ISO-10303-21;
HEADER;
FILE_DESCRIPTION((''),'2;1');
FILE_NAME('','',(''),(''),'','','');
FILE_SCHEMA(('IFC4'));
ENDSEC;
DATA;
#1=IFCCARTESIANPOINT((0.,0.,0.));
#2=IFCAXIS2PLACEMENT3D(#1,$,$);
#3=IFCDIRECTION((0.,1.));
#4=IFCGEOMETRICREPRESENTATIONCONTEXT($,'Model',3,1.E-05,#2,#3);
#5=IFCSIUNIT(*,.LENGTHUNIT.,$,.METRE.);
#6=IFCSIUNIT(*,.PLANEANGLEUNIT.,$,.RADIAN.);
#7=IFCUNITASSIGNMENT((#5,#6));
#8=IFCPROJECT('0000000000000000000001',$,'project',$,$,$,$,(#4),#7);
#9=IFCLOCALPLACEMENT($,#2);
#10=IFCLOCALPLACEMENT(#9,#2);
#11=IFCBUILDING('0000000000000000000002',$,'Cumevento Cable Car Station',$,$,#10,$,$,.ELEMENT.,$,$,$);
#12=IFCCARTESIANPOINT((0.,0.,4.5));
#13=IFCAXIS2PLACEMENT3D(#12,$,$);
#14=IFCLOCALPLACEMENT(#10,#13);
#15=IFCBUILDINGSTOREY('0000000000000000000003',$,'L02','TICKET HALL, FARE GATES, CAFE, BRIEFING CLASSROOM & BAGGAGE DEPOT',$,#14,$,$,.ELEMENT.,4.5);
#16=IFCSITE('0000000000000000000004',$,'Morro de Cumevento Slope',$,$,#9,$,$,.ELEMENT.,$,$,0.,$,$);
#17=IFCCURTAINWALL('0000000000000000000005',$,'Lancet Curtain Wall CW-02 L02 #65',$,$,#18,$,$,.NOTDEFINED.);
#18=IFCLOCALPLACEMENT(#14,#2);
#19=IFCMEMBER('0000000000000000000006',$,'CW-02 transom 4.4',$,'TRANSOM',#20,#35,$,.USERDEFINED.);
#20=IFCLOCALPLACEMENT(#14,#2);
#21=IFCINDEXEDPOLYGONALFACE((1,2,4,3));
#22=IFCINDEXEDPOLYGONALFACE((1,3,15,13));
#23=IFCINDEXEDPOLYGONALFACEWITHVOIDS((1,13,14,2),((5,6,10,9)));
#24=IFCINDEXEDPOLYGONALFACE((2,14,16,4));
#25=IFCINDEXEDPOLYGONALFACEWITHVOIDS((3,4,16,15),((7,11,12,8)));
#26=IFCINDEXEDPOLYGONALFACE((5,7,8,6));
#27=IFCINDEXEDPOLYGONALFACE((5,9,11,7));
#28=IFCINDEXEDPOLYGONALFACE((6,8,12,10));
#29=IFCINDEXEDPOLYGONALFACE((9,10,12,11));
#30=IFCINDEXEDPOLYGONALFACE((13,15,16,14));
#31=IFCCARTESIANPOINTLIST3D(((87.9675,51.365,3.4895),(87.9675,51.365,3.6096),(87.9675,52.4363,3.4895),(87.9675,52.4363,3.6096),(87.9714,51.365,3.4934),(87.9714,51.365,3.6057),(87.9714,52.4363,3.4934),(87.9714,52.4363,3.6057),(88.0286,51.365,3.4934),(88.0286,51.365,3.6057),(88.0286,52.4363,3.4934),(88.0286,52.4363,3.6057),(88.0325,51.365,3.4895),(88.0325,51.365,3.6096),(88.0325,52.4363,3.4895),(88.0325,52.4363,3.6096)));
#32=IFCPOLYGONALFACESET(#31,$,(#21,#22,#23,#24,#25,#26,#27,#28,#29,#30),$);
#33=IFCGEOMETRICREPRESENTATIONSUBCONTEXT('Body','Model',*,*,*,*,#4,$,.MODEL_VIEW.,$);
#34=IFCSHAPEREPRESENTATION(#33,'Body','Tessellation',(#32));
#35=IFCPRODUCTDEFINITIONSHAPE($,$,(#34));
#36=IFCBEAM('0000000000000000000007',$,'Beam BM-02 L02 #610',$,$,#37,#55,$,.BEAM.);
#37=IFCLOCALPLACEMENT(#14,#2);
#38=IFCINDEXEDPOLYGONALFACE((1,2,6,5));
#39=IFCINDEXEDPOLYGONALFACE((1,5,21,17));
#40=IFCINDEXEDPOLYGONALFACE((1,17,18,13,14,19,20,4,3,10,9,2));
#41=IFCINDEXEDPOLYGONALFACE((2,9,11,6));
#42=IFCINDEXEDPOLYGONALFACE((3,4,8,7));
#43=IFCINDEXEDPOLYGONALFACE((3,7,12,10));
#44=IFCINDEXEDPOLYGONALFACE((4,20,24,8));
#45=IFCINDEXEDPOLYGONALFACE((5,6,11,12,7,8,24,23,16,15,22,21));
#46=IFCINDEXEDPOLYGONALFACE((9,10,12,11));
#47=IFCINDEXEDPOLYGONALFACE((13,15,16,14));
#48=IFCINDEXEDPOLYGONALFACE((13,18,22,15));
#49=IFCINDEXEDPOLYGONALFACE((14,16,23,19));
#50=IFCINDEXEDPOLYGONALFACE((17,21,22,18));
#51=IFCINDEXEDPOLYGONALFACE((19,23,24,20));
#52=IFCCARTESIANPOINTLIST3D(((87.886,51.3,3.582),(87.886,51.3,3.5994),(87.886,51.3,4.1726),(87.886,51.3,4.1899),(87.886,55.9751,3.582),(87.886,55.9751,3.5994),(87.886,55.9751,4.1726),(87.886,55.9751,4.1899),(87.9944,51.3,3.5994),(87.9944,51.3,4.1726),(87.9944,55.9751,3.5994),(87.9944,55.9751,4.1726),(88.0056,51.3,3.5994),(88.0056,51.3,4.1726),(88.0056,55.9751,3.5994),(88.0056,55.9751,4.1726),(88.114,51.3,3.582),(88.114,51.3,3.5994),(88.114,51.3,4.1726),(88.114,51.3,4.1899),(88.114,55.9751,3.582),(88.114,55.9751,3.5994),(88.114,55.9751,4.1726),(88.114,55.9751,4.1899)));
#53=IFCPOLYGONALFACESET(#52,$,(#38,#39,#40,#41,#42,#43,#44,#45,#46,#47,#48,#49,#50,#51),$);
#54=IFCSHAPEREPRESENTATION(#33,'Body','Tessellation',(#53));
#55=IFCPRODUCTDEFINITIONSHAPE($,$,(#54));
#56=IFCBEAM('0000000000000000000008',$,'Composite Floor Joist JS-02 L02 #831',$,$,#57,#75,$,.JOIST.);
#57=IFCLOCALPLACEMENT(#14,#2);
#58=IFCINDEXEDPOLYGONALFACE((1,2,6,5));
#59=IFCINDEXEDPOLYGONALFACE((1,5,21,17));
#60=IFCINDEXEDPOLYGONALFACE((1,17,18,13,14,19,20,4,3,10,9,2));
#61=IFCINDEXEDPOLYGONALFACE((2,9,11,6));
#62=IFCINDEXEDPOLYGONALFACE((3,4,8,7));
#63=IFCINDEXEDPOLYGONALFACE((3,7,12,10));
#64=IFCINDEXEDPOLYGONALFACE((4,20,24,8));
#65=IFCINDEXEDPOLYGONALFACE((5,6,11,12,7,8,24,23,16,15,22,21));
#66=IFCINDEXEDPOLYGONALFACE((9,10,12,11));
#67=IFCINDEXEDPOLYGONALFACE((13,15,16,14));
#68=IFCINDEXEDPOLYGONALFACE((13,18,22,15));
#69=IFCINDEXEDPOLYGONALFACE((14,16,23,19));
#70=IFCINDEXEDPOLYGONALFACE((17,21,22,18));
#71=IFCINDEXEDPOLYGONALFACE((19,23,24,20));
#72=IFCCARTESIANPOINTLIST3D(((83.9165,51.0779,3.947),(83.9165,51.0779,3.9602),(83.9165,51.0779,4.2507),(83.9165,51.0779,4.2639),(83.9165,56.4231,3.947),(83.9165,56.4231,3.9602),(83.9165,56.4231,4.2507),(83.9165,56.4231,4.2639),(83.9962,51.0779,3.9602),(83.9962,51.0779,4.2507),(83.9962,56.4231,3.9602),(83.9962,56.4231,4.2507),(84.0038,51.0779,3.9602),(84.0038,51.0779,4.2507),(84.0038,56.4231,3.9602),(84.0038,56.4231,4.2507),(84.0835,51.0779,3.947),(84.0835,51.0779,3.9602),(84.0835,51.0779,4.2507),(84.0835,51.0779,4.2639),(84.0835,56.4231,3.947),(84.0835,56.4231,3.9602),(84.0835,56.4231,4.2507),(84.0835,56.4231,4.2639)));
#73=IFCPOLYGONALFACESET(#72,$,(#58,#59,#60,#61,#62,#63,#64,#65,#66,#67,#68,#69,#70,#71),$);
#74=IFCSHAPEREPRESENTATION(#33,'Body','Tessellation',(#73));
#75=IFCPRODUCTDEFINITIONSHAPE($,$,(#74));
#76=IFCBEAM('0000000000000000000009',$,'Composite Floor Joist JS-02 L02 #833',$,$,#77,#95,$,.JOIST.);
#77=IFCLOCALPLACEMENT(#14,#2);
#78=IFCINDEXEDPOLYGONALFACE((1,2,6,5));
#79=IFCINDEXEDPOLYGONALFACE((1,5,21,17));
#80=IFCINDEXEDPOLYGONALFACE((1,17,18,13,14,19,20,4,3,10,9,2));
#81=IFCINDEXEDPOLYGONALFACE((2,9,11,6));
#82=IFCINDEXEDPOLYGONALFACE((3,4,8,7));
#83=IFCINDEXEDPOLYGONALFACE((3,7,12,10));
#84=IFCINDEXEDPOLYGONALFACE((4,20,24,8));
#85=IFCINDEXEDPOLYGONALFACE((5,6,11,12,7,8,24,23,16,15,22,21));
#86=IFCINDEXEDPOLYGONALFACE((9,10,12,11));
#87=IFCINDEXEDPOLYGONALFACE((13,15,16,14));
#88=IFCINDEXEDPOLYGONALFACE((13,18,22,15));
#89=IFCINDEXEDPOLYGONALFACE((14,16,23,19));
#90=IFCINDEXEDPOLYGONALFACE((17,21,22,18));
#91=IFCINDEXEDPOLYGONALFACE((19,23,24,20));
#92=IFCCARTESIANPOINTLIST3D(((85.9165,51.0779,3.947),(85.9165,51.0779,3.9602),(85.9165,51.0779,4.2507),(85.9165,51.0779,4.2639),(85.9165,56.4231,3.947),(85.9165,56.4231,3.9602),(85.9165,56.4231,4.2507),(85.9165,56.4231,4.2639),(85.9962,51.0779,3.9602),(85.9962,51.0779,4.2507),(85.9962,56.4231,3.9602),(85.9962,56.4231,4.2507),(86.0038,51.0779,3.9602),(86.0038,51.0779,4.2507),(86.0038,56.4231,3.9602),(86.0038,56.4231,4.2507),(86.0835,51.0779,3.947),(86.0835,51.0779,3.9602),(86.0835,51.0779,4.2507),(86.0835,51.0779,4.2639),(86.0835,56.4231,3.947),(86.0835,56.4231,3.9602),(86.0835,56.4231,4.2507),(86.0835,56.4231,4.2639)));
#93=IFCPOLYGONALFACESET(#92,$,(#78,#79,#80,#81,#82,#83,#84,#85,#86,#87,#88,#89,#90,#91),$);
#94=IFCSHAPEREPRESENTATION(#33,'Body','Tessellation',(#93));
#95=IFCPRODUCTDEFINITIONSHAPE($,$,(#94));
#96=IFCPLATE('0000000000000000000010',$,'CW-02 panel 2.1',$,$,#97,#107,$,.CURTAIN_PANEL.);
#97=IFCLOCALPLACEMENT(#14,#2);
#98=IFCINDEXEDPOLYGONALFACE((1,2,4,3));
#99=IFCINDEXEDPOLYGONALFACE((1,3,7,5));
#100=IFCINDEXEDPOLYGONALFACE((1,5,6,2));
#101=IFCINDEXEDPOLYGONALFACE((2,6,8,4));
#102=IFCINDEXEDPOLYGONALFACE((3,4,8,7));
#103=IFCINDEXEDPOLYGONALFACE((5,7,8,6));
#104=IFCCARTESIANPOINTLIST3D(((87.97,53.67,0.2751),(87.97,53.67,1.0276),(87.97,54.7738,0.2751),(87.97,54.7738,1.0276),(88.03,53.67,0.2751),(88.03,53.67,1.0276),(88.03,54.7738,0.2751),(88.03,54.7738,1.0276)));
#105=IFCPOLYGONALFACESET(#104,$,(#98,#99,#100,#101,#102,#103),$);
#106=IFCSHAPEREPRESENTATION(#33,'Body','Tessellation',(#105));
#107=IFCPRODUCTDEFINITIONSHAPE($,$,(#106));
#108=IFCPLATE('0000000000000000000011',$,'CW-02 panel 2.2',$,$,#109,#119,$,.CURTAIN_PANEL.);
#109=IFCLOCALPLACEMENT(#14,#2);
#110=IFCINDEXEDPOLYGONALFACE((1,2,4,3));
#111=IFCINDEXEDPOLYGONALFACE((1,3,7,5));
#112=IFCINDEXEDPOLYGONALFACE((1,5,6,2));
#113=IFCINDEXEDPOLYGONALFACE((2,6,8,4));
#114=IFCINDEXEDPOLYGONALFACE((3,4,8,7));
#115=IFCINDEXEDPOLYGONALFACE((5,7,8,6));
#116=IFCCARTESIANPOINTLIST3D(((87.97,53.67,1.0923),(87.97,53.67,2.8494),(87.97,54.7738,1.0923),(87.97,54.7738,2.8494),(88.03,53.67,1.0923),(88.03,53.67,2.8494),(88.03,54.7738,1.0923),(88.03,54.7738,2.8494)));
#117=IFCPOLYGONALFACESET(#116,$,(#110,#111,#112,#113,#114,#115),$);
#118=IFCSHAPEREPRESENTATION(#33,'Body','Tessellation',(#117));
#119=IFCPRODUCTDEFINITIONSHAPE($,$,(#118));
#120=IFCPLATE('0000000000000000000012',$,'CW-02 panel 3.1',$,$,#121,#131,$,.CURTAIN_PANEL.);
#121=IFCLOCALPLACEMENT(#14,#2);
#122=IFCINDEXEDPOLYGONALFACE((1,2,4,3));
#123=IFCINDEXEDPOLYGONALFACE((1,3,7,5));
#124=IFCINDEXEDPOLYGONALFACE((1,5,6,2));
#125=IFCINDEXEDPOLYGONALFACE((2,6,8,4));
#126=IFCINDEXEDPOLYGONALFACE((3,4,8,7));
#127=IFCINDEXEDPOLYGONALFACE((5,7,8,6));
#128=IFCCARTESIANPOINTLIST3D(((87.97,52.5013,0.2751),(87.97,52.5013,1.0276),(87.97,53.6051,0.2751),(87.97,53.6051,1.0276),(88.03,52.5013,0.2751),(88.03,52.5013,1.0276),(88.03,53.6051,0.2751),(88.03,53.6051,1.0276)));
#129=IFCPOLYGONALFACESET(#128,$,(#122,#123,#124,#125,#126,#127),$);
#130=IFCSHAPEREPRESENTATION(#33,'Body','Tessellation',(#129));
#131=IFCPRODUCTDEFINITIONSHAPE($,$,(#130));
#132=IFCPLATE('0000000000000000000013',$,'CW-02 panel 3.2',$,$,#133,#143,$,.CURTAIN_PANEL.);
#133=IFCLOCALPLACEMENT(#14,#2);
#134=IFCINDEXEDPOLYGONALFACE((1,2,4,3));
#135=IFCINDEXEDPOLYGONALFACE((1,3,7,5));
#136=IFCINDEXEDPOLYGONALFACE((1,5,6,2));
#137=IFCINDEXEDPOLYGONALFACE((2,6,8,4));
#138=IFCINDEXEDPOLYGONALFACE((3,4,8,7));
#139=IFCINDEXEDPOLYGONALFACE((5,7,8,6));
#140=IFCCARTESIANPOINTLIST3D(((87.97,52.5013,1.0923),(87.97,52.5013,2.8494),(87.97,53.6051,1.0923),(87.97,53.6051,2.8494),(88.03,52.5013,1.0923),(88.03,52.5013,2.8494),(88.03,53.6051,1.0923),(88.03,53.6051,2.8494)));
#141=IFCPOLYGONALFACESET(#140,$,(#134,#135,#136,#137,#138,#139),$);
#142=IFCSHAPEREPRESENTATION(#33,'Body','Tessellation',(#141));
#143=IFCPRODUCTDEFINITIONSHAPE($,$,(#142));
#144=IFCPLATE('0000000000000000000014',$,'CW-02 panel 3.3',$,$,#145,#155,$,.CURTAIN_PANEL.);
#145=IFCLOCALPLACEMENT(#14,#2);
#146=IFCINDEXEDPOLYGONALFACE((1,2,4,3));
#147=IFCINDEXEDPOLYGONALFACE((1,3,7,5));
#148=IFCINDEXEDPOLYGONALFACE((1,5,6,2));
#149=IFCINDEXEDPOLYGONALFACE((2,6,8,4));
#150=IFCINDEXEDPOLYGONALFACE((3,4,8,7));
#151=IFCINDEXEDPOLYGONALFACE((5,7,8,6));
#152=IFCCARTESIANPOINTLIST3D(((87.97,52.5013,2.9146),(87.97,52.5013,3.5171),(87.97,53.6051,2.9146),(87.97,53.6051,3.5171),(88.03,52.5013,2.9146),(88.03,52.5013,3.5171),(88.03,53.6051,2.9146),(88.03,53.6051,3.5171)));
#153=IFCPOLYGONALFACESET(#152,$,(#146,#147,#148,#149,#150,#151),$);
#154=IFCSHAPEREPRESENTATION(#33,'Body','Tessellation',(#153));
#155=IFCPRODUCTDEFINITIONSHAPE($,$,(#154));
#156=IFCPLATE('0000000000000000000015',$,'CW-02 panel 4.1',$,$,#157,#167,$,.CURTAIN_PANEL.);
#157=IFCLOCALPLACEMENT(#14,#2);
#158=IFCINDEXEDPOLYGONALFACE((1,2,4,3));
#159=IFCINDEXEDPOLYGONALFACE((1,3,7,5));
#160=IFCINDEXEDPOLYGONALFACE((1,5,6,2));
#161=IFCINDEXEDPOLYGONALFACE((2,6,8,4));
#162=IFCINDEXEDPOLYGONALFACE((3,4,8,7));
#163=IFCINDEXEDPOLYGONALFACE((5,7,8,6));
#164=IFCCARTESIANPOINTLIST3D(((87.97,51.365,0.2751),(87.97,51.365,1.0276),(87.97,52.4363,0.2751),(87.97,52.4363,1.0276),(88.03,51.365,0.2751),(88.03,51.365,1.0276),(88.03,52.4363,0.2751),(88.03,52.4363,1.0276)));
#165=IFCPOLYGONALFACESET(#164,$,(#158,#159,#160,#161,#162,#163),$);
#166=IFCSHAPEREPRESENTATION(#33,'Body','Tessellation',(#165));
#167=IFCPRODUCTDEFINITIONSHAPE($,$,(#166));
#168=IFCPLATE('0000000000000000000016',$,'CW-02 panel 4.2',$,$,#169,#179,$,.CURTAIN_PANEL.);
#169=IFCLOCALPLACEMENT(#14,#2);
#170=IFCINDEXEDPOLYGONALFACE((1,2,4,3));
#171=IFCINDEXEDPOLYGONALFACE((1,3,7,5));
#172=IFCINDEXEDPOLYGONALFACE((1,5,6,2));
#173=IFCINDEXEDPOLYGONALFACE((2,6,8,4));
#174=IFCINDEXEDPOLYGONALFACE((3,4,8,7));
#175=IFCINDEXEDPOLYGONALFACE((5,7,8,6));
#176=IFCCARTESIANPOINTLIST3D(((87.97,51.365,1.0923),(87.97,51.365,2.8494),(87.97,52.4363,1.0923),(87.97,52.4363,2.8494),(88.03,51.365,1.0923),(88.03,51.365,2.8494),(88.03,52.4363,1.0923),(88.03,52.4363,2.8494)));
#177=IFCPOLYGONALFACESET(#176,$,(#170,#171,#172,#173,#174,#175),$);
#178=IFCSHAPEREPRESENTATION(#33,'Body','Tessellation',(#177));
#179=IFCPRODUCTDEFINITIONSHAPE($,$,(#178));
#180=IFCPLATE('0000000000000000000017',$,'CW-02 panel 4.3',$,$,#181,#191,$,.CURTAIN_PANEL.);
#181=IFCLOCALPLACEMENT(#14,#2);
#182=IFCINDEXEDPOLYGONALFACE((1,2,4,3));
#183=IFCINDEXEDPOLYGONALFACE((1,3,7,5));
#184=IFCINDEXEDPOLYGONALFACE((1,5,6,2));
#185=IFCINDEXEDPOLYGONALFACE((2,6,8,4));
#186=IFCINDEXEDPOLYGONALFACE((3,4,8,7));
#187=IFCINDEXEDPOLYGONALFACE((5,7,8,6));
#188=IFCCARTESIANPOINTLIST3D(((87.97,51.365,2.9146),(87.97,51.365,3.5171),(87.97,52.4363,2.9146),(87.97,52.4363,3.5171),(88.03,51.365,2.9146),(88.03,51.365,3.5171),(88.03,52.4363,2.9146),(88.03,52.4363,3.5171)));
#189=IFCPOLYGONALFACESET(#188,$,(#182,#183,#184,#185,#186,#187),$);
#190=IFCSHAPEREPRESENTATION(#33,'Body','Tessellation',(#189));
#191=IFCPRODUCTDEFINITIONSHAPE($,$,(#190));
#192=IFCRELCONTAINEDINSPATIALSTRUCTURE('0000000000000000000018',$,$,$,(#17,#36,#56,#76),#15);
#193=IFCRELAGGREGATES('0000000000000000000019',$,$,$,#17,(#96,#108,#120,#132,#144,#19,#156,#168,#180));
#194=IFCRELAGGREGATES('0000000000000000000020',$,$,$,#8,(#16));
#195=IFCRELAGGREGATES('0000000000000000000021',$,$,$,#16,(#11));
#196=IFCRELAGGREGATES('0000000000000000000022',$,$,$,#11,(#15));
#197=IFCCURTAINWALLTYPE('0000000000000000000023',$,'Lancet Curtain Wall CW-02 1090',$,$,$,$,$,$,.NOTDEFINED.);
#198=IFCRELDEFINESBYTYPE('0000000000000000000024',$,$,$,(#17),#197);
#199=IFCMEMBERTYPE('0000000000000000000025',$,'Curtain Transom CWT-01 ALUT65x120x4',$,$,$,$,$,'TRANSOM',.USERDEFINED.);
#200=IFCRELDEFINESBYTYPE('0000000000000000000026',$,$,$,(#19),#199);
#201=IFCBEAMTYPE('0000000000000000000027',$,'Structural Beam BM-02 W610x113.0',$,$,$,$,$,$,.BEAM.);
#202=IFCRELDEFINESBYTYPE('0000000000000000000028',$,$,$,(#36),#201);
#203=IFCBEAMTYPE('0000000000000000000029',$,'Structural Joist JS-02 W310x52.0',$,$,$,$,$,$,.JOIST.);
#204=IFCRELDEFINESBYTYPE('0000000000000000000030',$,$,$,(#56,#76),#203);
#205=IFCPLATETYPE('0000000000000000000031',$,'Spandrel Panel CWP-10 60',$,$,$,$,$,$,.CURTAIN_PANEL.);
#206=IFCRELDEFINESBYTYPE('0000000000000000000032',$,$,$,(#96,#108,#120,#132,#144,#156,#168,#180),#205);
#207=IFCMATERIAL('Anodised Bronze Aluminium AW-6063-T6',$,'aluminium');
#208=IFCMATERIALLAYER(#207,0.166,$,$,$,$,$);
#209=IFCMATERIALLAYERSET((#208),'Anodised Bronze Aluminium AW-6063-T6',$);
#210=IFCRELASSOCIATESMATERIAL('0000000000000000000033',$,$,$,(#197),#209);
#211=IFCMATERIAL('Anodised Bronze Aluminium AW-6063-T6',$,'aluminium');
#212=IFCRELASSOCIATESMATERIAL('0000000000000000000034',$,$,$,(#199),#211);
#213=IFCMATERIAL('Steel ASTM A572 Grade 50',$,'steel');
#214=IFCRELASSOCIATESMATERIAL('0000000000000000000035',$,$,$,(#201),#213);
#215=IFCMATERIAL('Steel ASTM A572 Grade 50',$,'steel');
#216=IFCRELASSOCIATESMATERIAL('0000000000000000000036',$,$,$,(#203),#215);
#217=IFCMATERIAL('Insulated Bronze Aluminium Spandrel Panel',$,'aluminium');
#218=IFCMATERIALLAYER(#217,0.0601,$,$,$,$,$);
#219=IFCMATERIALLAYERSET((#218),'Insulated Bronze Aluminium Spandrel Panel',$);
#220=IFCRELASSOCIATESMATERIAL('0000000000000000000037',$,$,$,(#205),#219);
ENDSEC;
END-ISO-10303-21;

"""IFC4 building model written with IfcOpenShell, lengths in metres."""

from ifc_helpers import new_model, si_unit, direction, frame, origin, origin_2d, place, context, subcontext, project, spatial, rectangle, hollow_rectangle, i_section, extrude, material, layer, layer_set, material_profile, profile_set, type_object, element, aggregate, save


model = new_model("IFC4")

# Units and contexts
model_context = context("Model", 3, precision=1e-05, world=origin(), true_north=direction((0.0, 1.0)))
body_context = subcontext(model_context, "Body", "Model", "MODEL_VIEW")
ifc_project = project(units=[si_unit("LENGTHUNIT", "METRE"), si_unit("PLANEANGLEUNIT", "RADIAN")], contexts=[model_context])

# Site, building, storey
site_placement = place(None, origin())
site = spatial("IfcSite", under=ifc_project, at=site_placement, Name="Morro de Cumevento Slope", CompositionType="ELEMENT", RefElevation=0.0)
building_placement = place(site_placement, origin())
building = spatial("IfcBuilding", under=site, at=building_placement, Name="Cumevento Cable Car Station", CompositionType="ELEMENT")
storey_placement = place(building_placement, frame((0.0, 0.0, 4.5)))
storey = spatial("IfcBuildingStorey", under=building, at=storey_placement, Name="L02", Description="TICKET HALL, FARE GATES, CAFE, BRIEFING CLASSROOM & BAGGAGE DEPOT", CompositionType="ELEMENT", Elevation=4.5)

# Curtain wall, member
ifc_material_1 = material(Name="Anodised Bronze Aluminium AW-6063-T6", Category="aluminium")
ifc_layer_1 = layer(ifc_material_1, 0.166)
ifc_layer_set_1 = layer_set([ifc_layer_1], Name="Anodised Bronze Aluminium AW-6063-T6")
curtain_wall_type_1 = type_object("IfcCurtainWallType", Name="Lancet Curtain Wall CW-02 1090", PredefinedType="NOTDEFINED", material=ifc_layer_set_1)
curtain_wall_1_placement = place(storey_placement, origin())
curtain_wall_1 = element("IfcCurtainWall", 1, at=curtain_wall_1_placement, inside=storey, type_object=curtain_wall_type_1, Name="Lancet Curtain Wall CW-02 L02 #65", PredefinedType="NOTDEFINED")
ifc_material_2 = material(Name="Anodised Bronze Aluminium AW-6063-T6", Category="aluminium")
ifc_material_profile_1 = material_profile(ifc_material_2, hollow_rectangle(XDim=0.0649, YDim=0.1201, WallThickness=0.0039, at=origin_2d()), Name="ALUT65x120x4")
ifc_profile_set_1 = profile_set([ifc_material_profile_1], Name="Anodised Bronze Aluminium AW-6063-T6")
member_type_1 = type_object("IfcMemberType", Name="Curtain Transom CWT-01 ALUT65x120x4", ElementType="TRANSOM", PredefinedType="USERDEFINED", material=ifc_profile_set_1)
member_1_placement = place(storey_placement, frame((88.0, 52.4363, 3.5496), z_axis=(0.0, -1.0, 0.0), x_axis=(1.0, 0.0, 0.0)))
member_1 = element("IfcMember", 2, at=member_1_placement, type_object=member_type_1, Name="CW-02 transom 4.4", ObjectType="TRANSOM", PredefinedType="USERDEFINED", context=body_context, shape_type="SweptSolid", body=[
    extrude(hollow_rectangle(XDim=0.0649, YDim=0.1201, WallThickness=0.0039, at=origin_2d()), origin(), (0.0, 0.0, 1.0), 1.0713),
])

# Beams
ifc_material_3 = material(Name="Steel ASTM A572 Grade 50", Category="steel")
ifc_material_profile_2 = material_profile(ifc_material_3, i_section(OverallWidth=0.228, OverallDepth=0.6079, WebThickness=0.0112, FlangeThickness=0.0173, at=origin_2d()), Name="W610x113.0")
ifc_profile_set_2 = profile_set([ifc_material_profile_2], Name="Steel ASTM A572 Grade 50")
beam_type_1 = type_object("IfcBeamType", Name="Structural Beam BM-02 W610x113.0", PredefinedType="BEAM", material=ifc_profile_set_2)
beam_placement = place(storey_placement, frame((88.0, 51.3, 3.886), z_axis=(0.0, 1.0, 0.0), x_axis=(-1.0, 0.0, 0.0)))
element("IfcBeam", 3, at=beam_placement, inside=storey, type_object=beam_type_1, Name="Beam BM-02 L02 #610", PredefinedType="BEAM", context=body_context, shape_type="SweptSolid", body=[
    extrude(i_section(OverallWidth=0.228, OverallDepth=0.6079, WebThickness=0.0112, FlangeThickness=0.0173, at=origin_2d()), origin(), (0.0, 0.0, 1.0), 4.675),
])
ifc_material_4 = material(Name="Steel ASTM A572 Grade 50", Category="steel")
ifc_material_profile_3 = material_profile(ifc_material_4, i_section(OverallWidth=0.167, OverallDepth=0.3169, WebThickness=0.0076, FlangeThickness=0.0132, at=origin_2d()), Name="W310x52.0")
ifc_profile_set_3 = profile_set([ifc_material_profile_3], Name="Steel ASTM A572 Grade 50")
beam_type_2 = type_object("IfcBeamType", Name="Structural Joist JS-02 W310x52.0", PredefinedType="JOIST", material=ifc_profile_set_3)
for number, where, z_axis, x_axis, name in (
    (4, (84.0, 51.0779, 4.1055), (0.0, 1.0, 0.0), (-1.0, 0.0, 0.0), "Composite Floor Joist JS-02 L02 #831"),
    (5, (86.0, 51.0779, 4.1055), (0.0, 1.0, 0.0), (-1.0, 0.0, 0.0), "Composite Floor Joist JS-02 L02 #833"),
):
    element("IfcBeam", number, at=place(storey_placement, frame(where, z_axis=z_axis, x_axis=x_axis)), inside=storey, type_object=beam_type_2, Name=name, PredefinedType="JOIST", context=body_context, shape_type="SweptSolid", body=[
        extrude(i_section(OverallWidth=0.167, OverallDepth=0.3169, WebThickness=0.0076, FlangeThickness=0.0132, at=origin_2d()), origin(), (0.0, 0.0, 1.0), 5.3452),
    ])

# Plates
ifc_material_5 = material(Name="Insulated Bronze Aluminium Spandrel Panel", Category="aluminium")
ifc_layer_2 = layer(ifc_material_5, 0.0601)
ifc_layer_set_2 = layer_set([ifc_layer_2], Name="Insulated Bronze Aluminium Spandrel Panel")
plate_type = type_object("IfcPlateType", Name="Spandrel Panel CWP-10 60", PredefinedType="CURTAIN_PANEL", material=ifc_layer_set_2)
plate_1_placement = place(storey_placement, frame((88.0, 54.2219, 0.2751), z_axis=(0.0, 0.0, 1.0), x_axis=(0.0, -1.0, 0.0)))
plate_1 = element("IfcPlate", 6, at=plate_1_placement, type_object=plate_type, Name="CW-02 panel 2.1", PredefinedType="CURTAIN_PANEL", context=body_context, shape_type="SweptSolid", body=[
    extrude(rectangle(XDim=1.1038, YDim=0.0601, at=origin_2d()), origin(), (0.0, 0.0, 1.0), 0.7524),
])
plate_2_placement = place(storey_placement, frame((88.0, 54.2219, 1.0923), z_axis=(0.0, 0.0, 1.0), x_axis=(0.0, -1.0, 0.0)))
plate_2 = element("IfcPlate", 7, at=plate_2_placement, type_object=plate_type, Name="CW-02 panel 2.2", PredefinedType="CURTAIN_PANEL", context=body_context, shape_type="SweptSolid", body=[
    extrude(rectangle(XDim=1.1038, YDim=0.0601, at=origin_2d()), origin(), (0.0, 0.0, 1.0), 1.7571),
])
plate_3_placement = place(storey_placement, frame((88.0, 53.0532, 0.2751), z_axis=(0.0, 0.0, 1.0), x_axis=(0.0, -1.0, 0.0)))
plate_3 = element("IfcPlate", 8, at=plate_3_placement, type_object=plate_type, Name="CW-02 panel 3.1", PredefinedType="CURTAIN_PANEL", context=body_context, shape_type="SweptSolid", body=[
    extrude(rectangle(XDim=1.1038, YDim=0.0601, at=origin_2d()), origin(), (0.0, 0.0, 1.0), 0.7524),
])
plate_4_placement = place(storey_placement, frame((88.0, 53.0532, 1.0923), z_axis=(0.0, 0.0, 1.0), x_axis=(0.0, -1.0, 0.0)))
plate_4 = element("IfcPlate", 9, at=plate_4_placement, type_object=plate_type, Name="CW-02 panel 3.2", PredefinedType="CURTAIN_PANEL", context=body_context, shape_type="SweptSolid", body=[
    extrude(rectangle(XDim=1.1038, YDim=0.0601, at=origin_2d()), origin(), (0.0, 0.0, 1.0), 1.7571),
])
plate_5_placement = place(storey_placement, frame((88.0, 53.0532, 2.9146), z_axis=(0.0, 0.0, 1.0), x_axis=(0.0, -1.0, 0.0)))
plate_5 = element("IfcPlate", 10, at=plate_5_placement, type_object=plate_type, Name="CW-02 panel 3.3", PredefinedType="CURTAIN_PANEL", context=body_context, shape_type="SweptSolid", body=[
    extrude(rectangle(XDim=1.1038, YDim=0.0601, at=origin_2d()), origin(), (0.0, 0.0, 1.0), 0.6025),
])
plate_6_placement = place(storey_placement, frame((88.0, 51.9006, 0.2751), z_axis=(0.0, 0.0, 1.0), x_axis=(0.0, -1.0, 0.0)))
plate_6 = element("IfcPlate", 11, at=plate_6_placement, type_object=plate_type, Name="CW-02 panel 4.1", PredefinedType="CURTAIN_PANEL", context=body_context, shape_type="SweptSolid", body=[
    extrude(rectangle(XDim=1.0713, YDim=0.0601, at=origin_2d()), origin(), (0.0, 0.0, 1.0), 0.7524),
])
plate_7_placement = place(storey_placement, frame((88.0, 51.9006, 1.0923), z_axis=(0.0, 0.0, 1.0), x_axis=(0.0, -1.0, 0.0)))
plate_7 = element("IfcPlate", 12, at=plate_7_placement, type_object=plate_type, Name="CW-02 panel 4.2", PredefinedType="CURTAIN_PANEL", context=body_context, shape_type="SweptSolid", body=[
    extrude(rectangle(XDim=1.0713, YDim=0.0601, at=origin_2d()), origin(), (0.0, 0.0, 1.0), 1.7571),
])
plate_8_placement = place(storey_placement, frame((88.0, 51.9006, 2.9146), z_axis=(0.0, 0.0, 1.0), x_axis=(0.0, -1.0, 0.0)))
plate_8 = element("IfcPlate", 13, at=plate_8_placement, type_object=plate_type, Name="CW-02 panel 4.3", PredefinedType="CURTAIN_PANEL", context=body_context, shape_type="SweptSolid", body=[
    extrude(rectangle(XDim=1.0713, YDim=0.0601, at=origin_2d()), origin(), (0.0, 0.0, 1.0), 0.6025),
])
aggregate(curtain_wall_1, [plate_1, plate_2, plate_3, plate_4, plate_5, member_1, plate_6, plate_7, plate_8])

save(model, "model.ifc")
